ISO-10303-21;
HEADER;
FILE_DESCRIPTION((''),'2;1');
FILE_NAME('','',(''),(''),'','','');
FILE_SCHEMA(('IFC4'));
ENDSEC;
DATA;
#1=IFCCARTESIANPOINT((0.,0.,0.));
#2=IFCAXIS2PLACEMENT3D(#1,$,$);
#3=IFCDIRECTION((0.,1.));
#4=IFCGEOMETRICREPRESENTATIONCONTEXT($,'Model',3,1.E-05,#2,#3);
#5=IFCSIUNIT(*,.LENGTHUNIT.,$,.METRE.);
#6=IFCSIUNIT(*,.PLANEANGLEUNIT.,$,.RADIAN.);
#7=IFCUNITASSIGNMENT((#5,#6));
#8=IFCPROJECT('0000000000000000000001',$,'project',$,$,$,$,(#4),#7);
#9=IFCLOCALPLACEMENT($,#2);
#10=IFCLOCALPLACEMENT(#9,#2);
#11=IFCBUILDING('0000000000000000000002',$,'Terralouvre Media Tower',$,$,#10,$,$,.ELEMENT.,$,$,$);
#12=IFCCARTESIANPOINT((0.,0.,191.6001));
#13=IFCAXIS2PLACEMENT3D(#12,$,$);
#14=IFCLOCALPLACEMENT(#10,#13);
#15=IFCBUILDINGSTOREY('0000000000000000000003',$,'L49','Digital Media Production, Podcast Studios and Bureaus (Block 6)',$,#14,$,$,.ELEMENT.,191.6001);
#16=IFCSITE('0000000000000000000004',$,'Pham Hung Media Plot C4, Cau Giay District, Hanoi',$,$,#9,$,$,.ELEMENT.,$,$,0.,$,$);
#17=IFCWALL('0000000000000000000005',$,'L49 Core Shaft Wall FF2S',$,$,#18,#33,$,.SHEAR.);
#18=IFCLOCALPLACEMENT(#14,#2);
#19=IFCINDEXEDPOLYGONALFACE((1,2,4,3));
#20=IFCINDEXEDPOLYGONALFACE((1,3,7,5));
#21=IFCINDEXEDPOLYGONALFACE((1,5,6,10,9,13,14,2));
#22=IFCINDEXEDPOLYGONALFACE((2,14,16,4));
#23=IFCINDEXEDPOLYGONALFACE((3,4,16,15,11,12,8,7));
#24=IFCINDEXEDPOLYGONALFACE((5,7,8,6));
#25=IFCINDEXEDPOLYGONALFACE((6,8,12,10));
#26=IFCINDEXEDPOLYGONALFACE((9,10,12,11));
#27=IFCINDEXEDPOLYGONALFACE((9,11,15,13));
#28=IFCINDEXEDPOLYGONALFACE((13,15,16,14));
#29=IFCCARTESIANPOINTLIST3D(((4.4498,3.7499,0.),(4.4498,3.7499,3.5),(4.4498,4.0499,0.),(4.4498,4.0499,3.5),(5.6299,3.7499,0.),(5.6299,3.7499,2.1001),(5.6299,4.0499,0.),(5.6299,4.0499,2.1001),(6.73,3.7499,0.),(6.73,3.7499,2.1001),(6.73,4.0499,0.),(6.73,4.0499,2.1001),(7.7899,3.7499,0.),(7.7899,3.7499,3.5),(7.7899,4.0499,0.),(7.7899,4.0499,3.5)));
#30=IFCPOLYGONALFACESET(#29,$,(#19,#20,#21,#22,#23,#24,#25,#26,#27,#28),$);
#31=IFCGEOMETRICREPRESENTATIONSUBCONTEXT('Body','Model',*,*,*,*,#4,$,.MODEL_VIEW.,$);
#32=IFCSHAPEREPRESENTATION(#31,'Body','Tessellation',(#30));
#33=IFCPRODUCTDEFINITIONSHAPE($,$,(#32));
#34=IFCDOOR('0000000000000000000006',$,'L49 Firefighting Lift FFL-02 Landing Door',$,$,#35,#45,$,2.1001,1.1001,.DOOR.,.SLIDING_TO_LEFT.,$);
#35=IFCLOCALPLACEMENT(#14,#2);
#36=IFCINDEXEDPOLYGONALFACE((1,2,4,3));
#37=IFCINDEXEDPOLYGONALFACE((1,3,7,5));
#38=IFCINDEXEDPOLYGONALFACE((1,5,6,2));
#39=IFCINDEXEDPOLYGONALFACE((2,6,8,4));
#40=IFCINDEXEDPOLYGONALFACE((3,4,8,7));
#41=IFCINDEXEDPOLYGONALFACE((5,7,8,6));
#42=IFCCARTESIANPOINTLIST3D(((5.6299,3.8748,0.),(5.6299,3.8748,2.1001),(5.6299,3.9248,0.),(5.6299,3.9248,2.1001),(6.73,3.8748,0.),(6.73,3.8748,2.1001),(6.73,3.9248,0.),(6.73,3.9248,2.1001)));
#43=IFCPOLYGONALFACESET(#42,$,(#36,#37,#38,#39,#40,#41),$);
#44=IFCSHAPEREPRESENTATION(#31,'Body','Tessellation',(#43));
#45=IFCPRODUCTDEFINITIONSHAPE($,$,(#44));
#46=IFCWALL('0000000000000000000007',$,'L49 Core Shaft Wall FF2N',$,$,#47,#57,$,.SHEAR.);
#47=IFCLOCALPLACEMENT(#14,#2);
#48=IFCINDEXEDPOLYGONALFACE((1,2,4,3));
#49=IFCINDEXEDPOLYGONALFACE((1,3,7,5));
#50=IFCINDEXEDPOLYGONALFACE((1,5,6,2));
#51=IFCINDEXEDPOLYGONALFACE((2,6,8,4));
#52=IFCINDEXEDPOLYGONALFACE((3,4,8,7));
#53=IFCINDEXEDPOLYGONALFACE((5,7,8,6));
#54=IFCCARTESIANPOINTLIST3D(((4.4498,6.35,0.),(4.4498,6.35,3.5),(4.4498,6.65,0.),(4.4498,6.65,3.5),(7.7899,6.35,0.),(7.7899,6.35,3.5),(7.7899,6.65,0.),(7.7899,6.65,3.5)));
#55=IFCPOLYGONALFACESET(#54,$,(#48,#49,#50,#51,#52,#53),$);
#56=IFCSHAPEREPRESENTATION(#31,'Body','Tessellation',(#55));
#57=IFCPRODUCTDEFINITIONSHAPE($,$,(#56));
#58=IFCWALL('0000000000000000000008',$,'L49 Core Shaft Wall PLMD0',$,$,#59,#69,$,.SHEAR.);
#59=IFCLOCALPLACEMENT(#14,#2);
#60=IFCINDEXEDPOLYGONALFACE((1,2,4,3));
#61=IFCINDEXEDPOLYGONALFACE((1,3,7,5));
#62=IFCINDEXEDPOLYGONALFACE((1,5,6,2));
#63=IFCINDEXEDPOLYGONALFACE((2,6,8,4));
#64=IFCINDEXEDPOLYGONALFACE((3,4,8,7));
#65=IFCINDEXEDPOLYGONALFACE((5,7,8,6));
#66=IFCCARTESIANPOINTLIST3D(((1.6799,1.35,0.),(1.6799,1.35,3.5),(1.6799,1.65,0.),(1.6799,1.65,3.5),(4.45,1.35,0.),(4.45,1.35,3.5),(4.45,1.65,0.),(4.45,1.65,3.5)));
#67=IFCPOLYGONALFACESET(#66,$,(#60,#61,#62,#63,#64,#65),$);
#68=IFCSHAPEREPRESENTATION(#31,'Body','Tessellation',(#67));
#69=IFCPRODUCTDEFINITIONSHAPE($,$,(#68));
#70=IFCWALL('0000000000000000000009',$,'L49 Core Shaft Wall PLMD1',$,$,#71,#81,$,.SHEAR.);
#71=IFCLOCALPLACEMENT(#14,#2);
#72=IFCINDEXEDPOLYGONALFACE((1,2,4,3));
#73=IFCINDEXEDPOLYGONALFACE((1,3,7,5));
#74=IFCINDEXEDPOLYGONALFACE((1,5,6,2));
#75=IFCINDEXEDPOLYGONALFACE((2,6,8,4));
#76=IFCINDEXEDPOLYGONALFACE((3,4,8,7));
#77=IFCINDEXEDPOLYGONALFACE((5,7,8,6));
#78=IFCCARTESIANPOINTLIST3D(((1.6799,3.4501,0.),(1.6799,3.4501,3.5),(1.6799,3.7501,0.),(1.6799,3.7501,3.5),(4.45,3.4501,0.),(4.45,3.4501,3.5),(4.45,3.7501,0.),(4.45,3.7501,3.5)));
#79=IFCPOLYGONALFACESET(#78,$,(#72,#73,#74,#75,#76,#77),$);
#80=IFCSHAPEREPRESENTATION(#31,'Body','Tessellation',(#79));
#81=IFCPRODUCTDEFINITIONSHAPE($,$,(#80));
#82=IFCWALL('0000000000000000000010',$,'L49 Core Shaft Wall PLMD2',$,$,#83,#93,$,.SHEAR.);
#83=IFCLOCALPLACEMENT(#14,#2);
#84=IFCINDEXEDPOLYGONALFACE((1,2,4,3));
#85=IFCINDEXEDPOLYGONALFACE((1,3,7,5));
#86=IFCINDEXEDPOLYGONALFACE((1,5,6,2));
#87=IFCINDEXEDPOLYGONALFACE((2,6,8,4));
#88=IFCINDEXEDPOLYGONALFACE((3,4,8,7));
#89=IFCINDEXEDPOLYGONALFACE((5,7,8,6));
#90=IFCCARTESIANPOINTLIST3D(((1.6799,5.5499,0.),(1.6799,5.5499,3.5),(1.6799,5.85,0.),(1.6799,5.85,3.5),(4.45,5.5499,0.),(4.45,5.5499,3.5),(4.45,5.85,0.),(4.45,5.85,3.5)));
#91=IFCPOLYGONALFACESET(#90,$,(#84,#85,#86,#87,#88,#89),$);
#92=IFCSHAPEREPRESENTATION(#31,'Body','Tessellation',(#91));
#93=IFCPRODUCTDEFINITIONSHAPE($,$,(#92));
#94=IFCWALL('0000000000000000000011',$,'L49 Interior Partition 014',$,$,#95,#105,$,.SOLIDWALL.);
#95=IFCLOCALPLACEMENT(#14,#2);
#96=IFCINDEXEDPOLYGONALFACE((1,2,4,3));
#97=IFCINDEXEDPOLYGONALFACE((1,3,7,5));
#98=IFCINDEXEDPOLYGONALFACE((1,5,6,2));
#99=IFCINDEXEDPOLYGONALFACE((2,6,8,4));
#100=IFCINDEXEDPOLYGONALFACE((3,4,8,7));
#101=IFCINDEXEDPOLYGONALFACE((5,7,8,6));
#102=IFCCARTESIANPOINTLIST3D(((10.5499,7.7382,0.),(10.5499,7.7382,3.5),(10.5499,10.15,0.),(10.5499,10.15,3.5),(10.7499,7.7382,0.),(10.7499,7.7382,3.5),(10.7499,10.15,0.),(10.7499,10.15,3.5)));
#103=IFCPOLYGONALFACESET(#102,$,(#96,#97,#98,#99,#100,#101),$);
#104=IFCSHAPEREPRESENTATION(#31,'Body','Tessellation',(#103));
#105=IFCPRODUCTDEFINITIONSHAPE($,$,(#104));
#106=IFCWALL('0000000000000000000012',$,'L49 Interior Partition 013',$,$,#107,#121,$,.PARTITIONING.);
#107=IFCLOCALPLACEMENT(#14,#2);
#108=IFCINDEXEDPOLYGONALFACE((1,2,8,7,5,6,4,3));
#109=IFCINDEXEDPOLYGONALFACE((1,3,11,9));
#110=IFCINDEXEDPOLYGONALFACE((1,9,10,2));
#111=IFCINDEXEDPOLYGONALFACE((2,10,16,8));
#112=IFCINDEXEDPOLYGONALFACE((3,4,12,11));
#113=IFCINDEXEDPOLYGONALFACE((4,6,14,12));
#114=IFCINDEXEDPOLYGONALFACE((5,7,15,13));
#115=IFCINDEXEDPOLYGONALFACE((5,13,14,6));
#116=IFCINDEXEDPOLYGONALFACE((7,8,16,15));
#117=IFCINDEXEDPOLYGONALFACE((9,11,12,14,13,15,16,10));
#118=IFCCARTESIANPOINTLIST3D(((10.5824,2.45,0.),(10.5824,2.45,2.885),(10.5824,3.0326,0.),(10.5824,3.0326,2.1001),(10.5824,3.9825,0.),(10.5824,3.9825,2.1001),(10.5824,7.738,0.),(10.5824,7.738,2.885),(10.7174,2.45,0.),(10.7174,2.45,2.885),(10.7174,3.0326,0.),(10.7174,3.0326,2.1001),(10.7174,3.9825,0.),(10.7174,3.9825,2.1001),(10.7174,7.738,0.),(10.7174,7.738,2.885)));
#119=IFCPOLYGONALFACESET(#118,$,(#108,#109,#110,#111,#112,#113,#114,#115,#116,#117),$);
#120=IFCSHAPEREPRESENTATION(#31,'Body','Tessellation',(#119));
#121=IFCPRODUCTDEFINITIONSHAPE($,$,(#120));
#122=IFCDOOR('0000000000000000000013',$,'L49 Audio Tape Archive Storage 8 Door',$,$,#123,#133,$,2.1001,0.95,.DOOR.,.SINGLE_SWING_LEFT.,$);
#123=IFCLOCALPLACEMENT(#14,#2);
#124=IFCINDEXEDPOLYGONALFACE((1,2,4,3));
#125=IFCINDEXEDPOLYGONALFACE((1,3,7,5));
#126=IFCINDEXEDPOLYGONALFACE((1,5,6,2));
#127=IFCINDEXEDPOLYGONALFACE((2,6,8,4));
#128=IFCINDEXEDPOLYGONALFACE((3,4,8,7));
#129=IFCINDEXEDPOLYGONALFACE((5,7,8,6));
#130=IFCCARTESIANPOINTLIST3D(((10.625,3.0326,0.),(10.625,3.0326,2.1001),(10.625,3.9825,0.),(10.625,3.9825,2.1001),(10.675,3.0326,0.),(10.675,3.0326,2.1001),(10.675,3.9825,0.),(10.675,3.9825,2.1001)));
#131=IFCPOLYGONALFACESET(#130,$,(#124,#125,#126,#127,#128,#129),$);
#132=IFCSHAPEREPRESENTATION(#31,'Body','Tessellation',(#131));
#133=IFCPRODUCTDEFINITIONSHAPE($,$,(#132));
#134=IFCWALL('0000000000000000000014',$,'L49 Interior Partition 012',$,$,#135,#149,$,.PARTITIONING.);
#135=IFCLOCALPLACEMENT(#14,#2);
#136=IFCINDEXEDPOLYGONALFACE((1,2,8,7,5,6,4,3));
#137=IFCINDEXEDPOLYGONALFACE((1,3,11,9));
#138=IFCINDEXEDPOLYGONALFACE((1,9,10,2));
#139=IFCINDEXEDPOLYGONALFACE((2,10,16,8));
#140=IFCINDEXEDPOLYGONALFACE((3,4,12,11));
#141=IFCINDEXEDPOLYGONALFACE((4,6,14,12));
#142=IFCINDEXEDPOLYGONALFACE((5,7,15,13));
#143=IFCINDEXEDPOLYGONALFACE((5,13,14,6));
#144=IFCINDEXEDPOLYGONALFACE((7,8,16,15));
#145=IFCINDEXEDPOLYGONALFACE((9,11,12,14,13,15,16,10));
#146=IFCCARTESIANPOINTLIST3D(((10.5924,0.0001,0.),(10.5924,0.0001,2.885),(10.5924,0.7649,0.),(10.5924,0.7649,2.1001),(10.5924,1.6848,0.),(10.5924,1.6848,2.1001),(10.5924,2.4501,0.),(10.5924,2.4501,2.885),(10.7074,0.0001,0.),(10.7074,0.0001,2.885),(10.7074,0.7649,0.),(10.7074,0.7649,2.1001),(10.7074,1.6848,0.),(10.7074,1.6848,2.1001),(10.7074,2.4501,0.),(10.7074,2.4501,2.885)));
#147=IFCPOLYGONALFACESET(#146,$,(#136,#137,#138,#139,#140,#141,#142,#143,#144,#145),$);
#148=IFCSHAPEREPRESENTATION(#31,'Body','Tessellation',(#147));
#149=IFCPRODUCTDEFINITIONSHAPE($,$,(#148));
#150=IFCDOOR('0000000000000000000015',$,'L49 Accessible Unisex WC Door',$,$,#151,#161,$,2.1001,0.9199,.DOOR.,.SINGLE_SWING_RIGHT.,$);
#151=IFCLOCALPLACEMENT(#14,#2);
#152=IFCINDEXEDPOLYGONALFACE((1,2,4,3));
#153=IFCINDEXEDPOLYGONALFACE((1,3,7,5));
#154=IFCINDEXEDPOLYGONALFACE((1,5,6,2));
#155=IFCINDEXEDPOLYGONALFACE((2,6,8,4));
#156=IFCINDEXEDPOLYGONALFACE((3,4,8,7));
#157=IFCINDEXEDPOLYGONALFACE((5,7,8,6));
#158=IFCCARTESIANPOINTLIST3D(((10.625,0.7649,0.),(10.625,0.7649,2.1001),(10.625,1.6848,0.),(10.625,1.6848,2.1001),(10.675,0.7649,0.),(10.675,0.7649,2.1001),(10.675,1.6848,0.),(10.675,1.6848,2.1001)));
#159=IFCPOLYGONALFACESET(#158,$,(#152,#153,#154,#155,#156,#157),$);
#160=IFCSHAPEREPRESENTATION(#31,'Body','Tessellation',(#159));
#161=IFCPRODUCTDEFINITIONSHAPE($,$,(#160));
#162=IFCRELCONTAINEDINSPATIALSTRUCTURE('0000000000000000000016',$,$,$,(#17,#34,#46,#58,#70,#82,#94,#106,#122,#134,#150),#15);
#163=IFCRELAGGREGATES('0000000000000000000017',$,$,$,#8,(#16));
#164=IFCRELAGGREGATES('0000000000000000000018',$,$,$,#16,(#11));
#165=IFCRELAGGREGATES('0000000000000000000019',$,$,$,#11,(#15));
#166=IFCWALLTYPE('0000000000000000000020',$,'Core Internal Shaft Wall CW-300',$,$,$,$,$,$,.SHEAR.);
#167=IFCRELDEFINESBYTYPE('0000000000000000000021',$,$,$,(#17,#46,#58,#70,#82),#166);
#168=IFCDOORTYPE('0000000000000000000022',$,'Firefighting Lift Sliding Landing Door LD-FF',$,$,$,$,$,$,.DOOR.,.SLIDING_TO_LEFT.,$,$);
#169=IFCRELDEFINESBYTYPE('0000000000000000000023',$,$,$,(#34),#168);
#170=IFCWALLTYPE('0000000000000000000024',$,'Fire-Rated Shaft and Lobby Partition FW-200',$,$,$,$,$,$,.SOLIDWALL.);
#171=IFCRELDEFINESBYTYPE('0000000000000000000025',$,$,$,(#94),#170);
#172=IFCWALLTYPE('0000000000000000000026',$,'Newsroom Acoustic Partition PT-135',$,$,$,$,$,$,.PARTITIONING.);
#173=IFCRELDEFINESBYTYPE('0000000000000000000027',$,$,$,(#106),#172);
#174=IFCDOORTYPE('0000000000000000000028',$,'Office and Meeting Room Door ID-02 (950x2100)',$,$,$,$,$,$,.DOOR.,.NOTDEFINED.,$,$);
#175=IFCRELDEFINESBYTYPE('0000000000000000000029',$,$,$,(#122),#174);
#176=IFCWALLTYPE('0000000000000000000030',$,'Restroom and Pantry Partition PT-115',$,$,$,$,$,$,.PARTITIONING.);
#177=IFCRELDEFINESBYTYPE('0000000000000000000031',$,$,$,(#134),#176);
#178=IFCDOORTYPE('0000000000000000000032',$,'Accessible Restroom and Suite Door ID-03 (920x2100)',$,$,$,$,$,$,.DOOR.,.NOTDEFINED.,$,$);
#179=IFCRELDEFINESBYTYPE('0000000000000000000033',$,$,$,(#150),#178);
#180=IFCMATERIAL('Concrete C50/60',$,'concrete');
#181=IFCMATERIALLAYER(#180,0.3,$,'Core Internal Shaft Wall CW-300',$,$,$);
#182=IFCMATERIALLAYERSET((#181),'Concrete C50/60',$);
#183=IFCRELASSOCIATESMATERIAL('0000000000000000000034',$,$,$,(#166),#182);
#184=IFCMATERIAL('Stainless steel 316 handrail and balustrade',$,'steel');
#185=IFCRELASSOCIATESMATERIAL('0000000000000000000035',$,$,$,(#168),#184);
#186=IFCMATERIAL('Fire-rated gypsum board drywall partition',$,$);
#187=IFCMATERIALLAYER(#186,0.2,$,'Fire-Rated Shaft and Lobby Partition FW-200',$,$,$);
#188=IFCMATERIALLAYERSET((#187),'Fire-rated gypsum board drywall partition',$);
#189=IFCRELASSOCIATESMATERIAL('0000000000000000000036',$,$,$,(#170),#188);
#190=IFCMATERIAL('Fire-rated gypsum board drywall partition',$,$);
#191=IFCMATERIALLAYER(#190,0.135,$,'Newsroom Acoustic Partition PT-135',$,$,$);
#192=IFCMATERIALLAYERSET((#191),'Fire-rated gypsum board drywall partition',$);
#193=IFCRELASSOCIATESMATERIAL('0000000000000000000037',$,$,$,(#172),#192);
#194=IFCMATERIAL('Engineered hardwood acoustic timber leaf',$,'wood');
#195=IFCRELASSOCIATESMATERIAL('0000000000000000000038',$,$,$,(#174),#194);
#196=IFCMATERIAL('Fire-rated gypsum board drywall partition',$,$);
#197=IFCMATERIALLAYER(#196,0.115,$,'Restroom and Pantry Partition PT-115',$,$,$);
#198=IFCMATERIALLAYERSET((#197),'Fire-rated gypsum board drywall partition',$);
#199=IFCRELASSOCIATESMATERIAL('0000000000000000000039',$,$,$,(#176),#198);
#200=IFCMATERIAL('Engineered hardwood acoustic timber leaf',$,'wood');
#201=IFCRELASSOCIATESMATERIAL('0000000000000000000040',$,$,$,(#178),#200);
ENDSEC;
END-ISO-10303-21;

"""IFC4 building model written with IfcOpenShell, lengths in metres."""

from ifc_helpers import new_model, si_unit, direction, frame, frame_2d, origin, place, context, subcontext, project, spatial, rectangle, extrude, material, layer, layer_set, type_object, element, fill, save


model = new_model("IFC4")

# Units and contexts
model_context = context("Model", 3, precision=1e-05, world=origin(), true_north=direction((0.0, 1.0)))
body_context = subcontext(model_context, "Body", "Model", "MODEL_VIEW")
ifc_project = project(units=[si_unit("LENGTHUNIT", "METRE"), si_unit("PLANEANGLEUNIT", "RADIAN")], contexts=[model_context])

# Site, building, storey
site_placement = place(None, origin())
site = spatial("IfcSite", under=ifc_project, at=site_placement, Name="Pham Hung Media Plot C4, Cau Giay District, Hanoi", CompositionType="ELEMENT", RefElevation=0.0)
building_placement = place(site_placement, origin())
building = spatial("IfcBuilding", under=site, at=building_placement, Name="Terralouvre Media Tower", CompositionType="ELEMENT")
storey_placement = place(building_placement, frame((0.0, 0.0, 191.6001)))
storey = spatial("IfcBuildingStorey", under=building, at=storey_placement, Name="L49", Description="Digital Media Production, Podcast Studios and Bureaus (Block 6)", CompositionType="ELEMENT", Elevation=191.6001)

# Wall, opening, door
ifc_material_1 = material(Name="Concrete C50/60", Category="concrete")
ifc_layer_1 = layer(ifc_material_1, 0.3, Name="Core Internal Shaft Wall CW-300")
ifc_layer_set_1 = layer_set([ifc_layer_1], Name="Concrete C50/60")
wall_type_1 = type_object("IfcWallType", Name="Core Internal Shaft Wall CW-300", PredefinedType="SHEAR", material=ifc_layer_set_1)
wall_1_placement = place(storey_placement, frame((4.45, 3.8999, 0.0), z_axis=(0.0, 0.0, 1.0), x_axis=(1.0, 0.0, 0.0)))
wall_1 = element("IfcWall", 1, at=wall_1_placement, inside=storey, type_object=wall_type_1, Name="L49 Core Shaft Wall FF2S", PredefinedType="SHEAR", context=body_context, shape_type="SweptSolid", body=[
    extrude(rectangle(XDim=3.3401, YDim=0.3, at=frame_2d((1.6699, 0.0))), origin(), (0.0, 0.0, 1.0), 3.5),
])
opening_1_placement = place(wall_1_placement, frame((1.1799, 0.0, 0.0)))
opening_1 = element("IfcOpeningElement", 2, at=opening_1_placement, cuts=wall_1, PredefinedType="OPENING", context=body_context, shape_type="SweptSolid", body=[
    extrude(rectangle(XDim=1.1001, YDim=2.1001, at=frame_2d((0.55, 1.05))), frame((0.0, 0.1599, 0.0), z_axis=(0.0, -1.0, 0.0), x_axis=(1.0, 0.0, 0.0)), (0.0, 0.0, 1.0), 0.3201),
])
ifc_material_2 = material(Name="Stainless steel 316 handrail and balustrade", Category="steel")
door_type_1 = type_object("IfcDoorType", Name="Firefighting Lift Sliding Landing Door LD-FF", OperationType="SLIDING_TO_LEFT", PredefinedType="DOOR", material=ifc_material_2)
door_1_placement = place(opening_1_placement, origin())
door_1 = element("IfcDoor", 3, at=door_1_placement, inside=storey, type_object=door_type_1, Name="L49 Firefighting Lift FFL-02 Landing Door", OperationType="SLIDING_TO_LEFT", OverallHeight=2.1001, OverallWidth=1.1001, PredefinedType="DOOR", context=body_context, shape_type="SweptSolid", body=[
    extrude(rectangle(XDim=1.1001, YDim=2.1001, at=frame_2d((0.55, 1.05))), frame((0.0, 0.0249, 0.0), z_axis=(0.0, -1.0, 0.0), x_axis=(1.0, 0.0, 0.0)), (0.0, 0.0, 1.0), 0.05),
])
fill(opening_1, door_1)

# Walls
wall_2_placement = place(storey_placement, frame((4.45, 6.5, 0.0), z_axis=(0.0, 0.0, 1.0), x_axis=(1.0, 0.0, 0.0)))
element("IfcWall", 4, at=wall_2_placement, inside=storey, type_object=wall_type_1, Name="L49 Core Shaft Wall FF2N", PredefinedType="SHEAR", context=body_context, shape_type="SweptSolid", body=[
    extrude(rectangle(XDim=3.3401, YDim=0.3, at=frame_2d((1.6699, 0.0))), origin(), (0.0, 0.0, 1.0), 3.5),
])
for number, where, z_axis, x_axis, name in (
    (5, (1.6799, 1.5, 0.0), (0.0, 0.0, 1.0), (1.0, 0.0, 0.0), "L49 Core Shaft Wall PLMD0"),
    (6, (1.6799, 3.6001, 0.0), (0.0, 0.0, 1.0), (1.0, 0.0, 0.0), "L49 Core Shaft Wall PLMD1"),
    (7, (1.6799, 5.7, 0.0), (0.0, 0.0, 1.0), (1.0, 0.0, 0.0), "L49 Core Shaft Wall PLMD2"),
):
    element("IfcWall", number, at=place(storey_placement, frame(where, z_axis=z_axis, x_axis=x_axis)), inside=storey, type_object=wall_type_1, Name=name, PredefinedType="SHEAR", context=body_context, shape_type="SweptSolid", body=[
        extrude(rectangle(XDim=2.77, YDim=0.3, at=frame_2d((1.385, 0.0))), origin(), (0.0, 0.0, 1.0), 3.5),
    ])
ifc_material_3 = material(Name="Fire-rated gypsum board drywall partition")
ifc_layer_2 = layer(ifc_material_3, 0.2, Name="Fire-Rated Shaft and Lobby Partition FW-200")
ifc_layer_set_2 = layer_set([ifc_layer_2], Name="Fire-rated gypsum board drywall partition")
wall_type_2 = type_object("IfcWallType", Name="Fire-Rated Shaft and Lobby Partition FW-200", PredefinedType="SOLIDWALL", material=ifc_layer_set_2)
wall_3_placement = place(storey_placement, frame((10.6499, 7.738, 0.0), z_axis=(0.0, 0.0, 1.0), x_axis=(0.0, 1.0, 0.0)))
element("IfcWall", 8, at=wall_3_placement, inside=storey, type_object=wall_type_2, Name="L49 Interior Partition 014", PredefinedType="SOLIDWALL", context=body_context, shape_type="SweptSolid", body=[
    extrude(rectangle(XDim=2.4119, YDim=0.2, at=frame_2d((1.2061, 0.0))), origin(), (0.0, 0.0, 1.0), 3.5),
])

# Walls, openings, doors
ifc_material_4 = material(Name="Fire-rated gypsum board drywall partition")
ifc_layer_3 = layer(ifc_material_4, 0.135, Name="Newsroom Acoustic Partition PT-135")
ifc_layer_set_3 = layer_set([ifc_layer_3], Name="Fire-rated gypsum board drywall partition")
wall_type_3 = type_object("IfcWallType", Name="Newsroom Acoustic Partition PT-135", PredefinedType="PARTITIONING", material=ifc_layer_set_3)
wall_4_placement = place(storey_placement, frame((10.6499, 2.45, 0.0), z_axis=(0.0, 0.0, 1.0), x_axis=(0.0, 1.0, 0.0)))
wall_4 = element("IfcWall", 9, at=wall_4_placement, inside=storey, type_object=wall_type_3, Name="L49 Interior Partition 013", PredefinedType="PARTITIONING", context=body_context, shape_type="SweptSolid", body=[
    extrude(rectangle(XDim=5.2881, YDim=0.135, at=frame_2d((2.644, 0.0))), origin(), (0.0, 0.0, 1.0), 2.885),
])
opening_2_placement = place(wall_4_placement, frame((0.5825, 0.0, 0.0)))
opening_2 = element("IfcOpeningElement", 10, at=opening_2_placement, cuts=wall_4, PredefinedType="OPENING", context=body_context, shape_type="SweptSolid", body=[
    extrude(rectangle(XDim=0.95, YDim=2.1001, at=frame_2d((0.4751, 1.05))), frame((0.0, 0.0774, 0.0), z_axis=(0.0, -1.0, 0.0), x_axis=(1.0, 0.0, 0.0)), (0.0, 0.0, 1.0), 0.155),
])
ifc_material_5 = material(Name="Engineered hardwood acoustic timber leaf", Category="wood")
door_type_2 = type_object("IfcDoorType", Name="Office and Meeting Room Door ID-02 (950x2100)", OperationType="NOTDEFINED", PredefinedType="DOOR", material=ifc_material_5)
door_2_placement = place(opening_2_placement, origin())
door_2 = element("IfcDoor", 11, at=door_2_placement, inside=storey, type_object=door_type_2, Name="L49 Audio Tape Archive Storage 8 Door", OperationType="SINGLE_SWING_LEFT", OverallHeight=2.1001, OverallWidth=0.95, PredefinedType="DOOR", context=body_context, shape_type="SweptSolid", body=[
    extrude(rectangle(XDim=0.95, YDim=2.1001, at=frame_2d((0.4751, 1.05))), frame((0.0, 0.0249, 0.0), z_axis=(0.0, -1.0, 0.0), x_axis=(1.0, 0.0, 0.0)), (0.0, 0.0, 1.0), 0.05),
])
fill(opening_2, door_2)
ifc_material_6 = material(Name="Fire-rated gypsum board drywall partition")
ifc_layer_4 = layer(ifc_material_6, 0.115, Name="Restroom and Pantry Partition PT-115")
ifc_layer_set_4 = layer_set([ifc_layer_4], Name="Fire-rated gypsum board drywall partition")
wall_type_4 = type_object("IfcWallType", Name="Restroom and Pantry Partition PT-115", PredefinedType="PARTITIONING", material=ifc_layer_set_4)
wall_5_placement = place(storey_placement, frame((10.6499, 0.0, 0.0), z_axis=(0.0, 0.0, 1.0), x_axis=(0.0, 1.0, 0.0)))
wall_5 = element("IfcWall", 12, at=wall_5_placement, inside=storey, type_object=wall_type_4, Name="L49 Interior Partition 012", PredefinedType="PARTITIONING", context=body_context, shape_type="SweptSolid", body=[
    extrude(rectangle(XDim=2.45, YDim=0.115, at=frame_2d((1.2251, 0.0))), origin(), (0.0, 0.0, 1.0), 2.885),
])
opening_3_placement = place(wall_5_placement, frame((0.7649, 0.0, 0.0)))
opening_3 = element("IfcOpeningElement", 13, at=opening_3_placement, cuts=wall_5, PredefinedType="OPENING", context=body_context, shape_type="SweptSolid", body=[
    extrude(rectangle(XDim=0.9199, YDim=2.1001, at=frame_2d((0.46, 1.05))), frame((0.0, 0.0674, 0.0), z_axis=(0.0, -1.0, 0.0), x_axis=(1.0, 0.0, 0.0)), (0.0, 0.0, 1.0), 0.135),
])
ifc_material_7 = material(Name="Engineered hardwood acoustic timber leaf", Category="wood")
door_type_3 = type_object("IfcDoorType", Name="Accessible Restroom and Suite Door ID-03 (920x2100)", OperationType="NOTDEFINED", PredefinedType="DOOR", material=ifc_material_7)
door_3_placement = place(opening_3_placement, origin())
door_3 = element("IfcDoor", 14, at=door_3_placement, inside=storey, type_object=door_type_3, Name="L49 Accessible Unisex WC Door", OperationType="SINGLE_SWING_RIGHT", OverallHeight=2.1001, OverallWidth=0.9199, PredefinedType="DOOR", context=body_context, shape_type="SweptSolid", body=[
    extrude(rectangle(XDim=0.9199, YDim=2.1001, at=frame_2d((0.46, 1.05))), frame((0.0, 0.0249, 0.0), z_axis=(0.0, -1.0, 0.0), x_axis=(1.0, 0.0, 0.0)), (0.0, 0.0, 1.0), 0.05),
])
fill(opening_3, door_3)

save(model, "model.ifc")
